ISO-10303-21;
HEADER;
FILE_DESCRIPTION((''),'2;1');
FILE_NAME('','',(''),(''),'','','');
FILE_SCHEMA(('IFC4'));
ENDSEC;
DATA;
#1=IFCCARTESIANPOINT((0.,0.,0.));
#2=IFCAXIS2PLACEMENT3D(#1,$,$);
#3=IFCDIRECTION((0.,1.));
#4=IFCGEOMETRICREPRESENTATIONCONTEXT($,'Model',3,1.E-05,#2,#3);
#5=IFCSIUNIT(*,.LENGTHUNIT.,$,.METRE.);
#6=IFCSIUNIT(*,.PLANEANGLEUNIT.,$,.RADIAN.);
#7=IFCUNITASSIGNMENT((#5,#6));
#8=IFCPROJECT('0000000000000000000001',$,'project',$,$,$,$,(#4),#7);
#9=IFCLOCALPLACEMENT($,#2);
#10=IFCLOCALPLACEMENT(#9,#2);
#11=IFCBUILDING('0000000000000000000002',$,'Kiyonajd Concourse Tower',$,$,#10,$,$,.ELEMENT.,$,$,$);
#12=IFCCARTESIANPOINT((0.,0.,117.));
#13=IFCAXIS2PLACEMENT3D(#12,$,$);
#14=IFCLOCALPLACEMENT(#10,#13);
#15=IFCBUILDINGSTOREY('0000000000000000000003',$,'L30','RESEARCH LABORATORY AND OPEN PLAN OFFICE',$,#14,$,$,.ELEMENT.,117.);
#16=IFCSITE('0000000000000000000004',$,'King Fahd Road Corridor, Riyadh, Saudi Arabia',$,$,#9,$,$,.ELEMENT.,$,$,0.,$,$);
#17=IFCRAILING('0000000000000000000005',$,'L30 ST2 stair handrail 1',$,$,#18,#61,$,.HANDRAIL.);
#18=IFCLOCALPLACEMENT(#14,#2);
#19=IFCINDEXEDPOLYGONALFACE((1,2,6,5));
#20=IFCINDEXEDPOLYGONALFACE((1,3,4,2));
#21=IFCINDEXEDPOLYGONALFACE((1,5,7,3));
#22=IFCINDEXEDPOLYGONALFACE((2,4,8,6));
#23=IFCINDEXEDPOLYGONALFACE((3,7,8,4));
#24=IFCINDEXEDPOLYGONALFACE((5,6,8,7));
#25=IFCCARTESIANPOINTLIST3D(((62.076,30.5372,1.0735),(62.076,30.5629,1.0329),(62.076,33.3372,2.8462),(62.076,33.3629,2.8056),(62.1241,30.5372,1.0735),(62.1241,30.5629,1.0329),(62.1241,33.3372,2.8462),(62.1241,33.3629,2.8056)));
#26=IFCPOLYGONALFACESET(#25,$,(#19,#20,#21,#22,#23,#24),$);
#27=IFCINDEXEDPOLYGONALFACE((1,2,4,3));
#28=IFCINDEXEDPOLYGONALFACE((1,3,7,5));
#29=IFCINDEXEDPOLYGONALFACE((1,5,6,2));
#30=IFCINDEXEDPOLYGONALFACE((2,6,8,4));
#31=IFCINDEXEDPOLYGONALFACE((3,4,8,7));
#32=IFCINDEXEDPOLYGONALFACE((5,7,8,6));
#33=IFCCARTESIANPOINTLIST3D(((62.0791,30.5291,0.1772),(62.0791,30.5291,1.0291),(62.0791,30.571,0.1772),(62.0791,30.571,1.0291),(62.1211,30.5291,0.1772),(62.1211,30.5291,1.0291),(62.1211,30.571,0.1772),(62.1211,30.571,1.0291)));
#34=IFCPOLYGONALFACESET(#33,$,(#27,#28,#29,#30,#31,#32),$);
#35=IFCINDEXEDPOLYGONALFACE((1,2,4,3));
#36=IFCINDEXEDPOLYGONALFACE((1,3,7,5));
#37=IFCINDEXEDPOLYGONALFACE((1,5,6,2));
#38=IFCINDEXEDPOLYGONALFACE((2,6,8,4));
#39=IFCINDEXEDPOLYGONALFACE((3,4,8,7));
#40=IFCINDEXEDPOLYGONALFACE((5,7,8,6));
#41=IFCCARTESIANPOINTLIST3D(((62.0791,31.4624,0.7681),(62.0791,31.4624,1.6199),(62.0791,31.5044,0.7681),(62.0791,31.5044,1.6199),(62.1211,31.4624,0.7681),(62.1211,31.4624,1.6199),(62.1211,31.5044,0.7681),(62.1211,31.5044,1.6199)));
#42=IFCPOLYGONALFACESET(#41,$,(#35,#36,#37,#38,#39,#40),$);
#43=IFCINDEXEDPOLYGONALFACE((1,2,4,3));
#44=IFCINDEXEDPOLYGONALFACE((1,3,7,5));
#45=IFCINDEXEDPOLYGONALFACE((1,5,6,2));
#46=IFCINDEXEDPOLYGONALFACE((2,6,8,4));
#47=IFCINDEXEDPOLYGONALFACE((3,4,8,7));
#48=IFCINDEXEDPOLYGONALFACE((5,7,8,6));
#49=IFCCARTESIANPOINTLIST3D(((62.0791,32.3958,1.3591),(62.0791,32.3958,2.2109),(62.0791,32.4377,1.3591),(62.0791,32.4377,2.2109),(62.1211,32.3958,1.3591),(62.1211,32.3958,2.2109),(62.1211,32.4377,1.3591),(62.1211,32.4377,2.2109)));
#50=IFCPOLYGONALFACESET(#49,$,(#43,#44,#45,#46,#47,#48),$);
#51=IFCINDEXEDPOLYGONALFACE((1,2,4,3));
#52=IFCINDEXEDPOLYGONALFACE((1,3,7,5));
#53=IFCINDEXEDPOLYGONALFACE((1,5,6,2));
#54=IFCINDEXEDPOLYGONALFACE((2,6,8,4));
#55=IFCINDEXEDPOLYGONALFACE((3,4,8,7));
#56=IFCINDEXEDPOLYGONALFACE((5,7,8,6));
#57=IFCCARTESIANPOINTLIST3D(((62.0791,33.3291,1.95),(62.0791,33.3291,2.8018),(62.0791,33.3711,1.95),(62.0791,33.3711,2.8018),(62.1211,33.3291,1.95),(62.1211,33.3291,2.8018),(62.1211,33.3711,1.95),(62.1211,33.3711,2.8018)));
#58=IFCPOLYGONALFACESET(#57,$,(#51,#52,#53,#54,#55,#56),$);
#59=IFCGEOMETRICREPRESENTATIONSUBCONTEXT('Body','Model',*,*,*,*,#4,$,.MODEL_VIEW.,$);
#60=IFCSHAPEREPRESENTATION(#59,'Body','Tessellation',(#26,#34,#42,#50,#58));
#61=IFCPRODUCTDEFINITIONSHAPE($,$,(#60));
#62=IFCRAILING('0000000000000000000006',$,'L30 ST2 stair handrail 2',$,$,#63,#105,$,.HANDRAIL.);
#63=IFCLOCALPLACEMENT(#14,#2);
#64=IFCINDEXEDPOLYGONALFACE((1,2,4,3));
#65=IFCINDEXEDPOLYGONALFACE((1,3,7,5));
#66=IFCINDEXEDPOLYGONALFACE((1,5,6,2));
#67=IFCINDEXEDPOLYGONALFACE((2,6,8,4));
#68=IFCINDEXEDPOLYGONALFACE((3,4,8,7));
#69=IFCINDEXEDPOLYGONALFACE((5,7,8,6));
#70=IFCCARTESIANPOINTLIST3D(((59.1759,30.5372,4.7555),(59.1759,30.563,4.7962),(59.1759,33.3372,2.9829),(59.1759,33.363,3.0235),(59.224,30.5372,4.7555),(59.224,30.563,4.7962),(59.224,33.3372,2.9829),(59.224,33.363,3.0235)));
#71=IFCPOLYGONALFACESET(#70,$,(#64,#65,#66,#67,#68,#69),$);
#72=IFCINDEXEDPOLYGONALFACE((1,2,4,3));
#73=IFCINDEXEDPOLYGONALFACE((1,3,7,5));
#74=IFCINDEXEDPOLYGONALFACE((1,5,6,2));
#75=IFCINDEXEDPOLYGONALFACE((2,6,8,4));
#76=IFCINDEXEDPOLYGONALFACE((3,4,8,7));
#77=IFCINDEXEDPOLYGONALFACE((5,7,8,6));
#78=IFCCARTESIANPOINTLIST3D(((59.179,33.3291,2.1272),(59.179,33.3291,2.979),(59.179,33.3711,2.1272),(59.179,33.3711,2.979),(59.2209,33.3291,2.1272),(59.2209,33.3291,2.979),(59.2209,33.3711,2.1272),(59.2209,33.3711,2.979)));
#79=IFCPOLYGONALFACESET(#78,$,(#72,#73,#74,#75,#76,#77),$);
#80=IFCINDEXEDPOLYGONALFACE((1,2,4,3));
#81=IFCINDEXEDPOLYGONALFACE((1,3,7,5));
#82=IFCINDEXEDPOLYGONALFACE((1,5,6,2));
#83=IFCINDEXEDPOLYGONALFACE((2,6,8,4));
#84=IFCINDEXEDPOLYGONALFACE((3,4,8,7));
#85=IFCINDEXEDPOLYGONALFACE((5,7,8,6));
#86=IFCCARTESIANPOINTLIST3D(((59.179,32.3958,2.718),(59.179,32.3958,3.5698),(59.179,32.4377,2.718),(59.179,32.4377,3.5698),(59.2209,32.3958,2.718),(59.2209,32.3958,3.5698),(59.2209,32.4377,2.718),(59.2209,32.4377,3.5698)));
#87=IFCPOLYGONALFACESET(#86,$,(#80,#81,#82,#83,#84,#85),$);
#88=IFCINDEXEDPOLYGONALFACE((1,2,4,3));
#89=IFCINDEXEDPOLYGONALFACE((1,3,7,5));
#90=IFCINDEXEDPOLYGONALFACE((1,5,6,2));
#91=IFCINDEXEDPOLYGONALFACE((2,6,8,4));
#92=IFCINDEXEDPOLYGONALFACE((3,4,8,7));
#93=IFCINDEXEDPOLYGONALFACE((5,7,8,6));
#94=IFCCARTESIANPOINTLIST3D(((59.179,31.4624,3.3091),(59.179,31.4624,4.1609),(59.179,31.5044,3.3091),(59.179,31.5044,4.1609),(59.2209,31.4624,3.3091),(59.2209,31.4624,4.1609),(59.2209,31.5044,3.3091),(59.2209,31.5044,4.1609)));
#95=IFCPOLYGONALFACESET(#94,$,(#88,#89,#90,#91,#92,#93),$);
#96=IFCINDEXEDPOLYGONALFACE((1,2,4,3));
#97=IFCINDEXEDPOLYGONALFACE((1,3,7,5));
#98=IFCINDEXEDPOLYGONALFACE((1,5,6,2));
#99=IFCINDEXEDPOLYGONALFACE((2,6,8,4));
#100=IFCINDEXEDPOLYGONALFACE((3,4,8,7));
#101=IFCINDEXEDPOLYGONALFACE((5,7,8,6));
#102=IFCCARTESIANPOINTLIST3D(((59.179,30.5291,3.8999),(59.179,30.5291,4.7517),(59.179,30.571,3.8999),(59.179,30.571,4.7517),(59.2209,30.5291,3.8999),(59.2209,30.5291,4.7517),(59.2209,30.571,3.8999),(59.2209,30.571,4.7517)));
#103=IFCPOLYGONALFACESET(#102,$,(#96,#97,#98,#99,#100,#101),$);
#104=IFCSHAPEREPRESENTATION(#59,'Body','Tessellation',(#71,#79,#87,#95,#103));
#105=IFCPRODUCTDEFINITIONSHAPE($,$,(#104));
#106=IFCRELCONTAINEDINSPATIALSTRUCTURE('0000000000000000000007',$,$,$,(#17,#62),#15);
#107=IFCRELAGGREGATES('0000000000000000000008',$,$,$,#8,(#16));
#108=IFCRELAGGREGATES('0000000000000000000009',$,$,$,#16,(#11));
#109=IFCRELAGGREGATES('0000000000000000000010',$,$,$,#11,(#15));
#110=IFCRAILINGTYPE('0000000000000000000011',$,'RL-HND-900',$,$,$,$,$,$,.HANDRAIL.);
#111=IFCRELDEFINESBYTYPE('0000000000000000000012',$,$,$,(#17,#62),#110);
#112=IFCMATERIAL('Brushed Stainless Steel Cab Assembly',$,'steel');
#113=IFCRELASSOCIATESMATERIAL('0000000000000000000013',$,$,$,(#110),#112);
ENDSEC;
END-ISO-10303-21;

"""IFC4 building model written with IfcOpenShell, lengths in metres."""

from ifc_helpers import new_model, si_unit, direction, frame, origin, origin_2d, place, context, subcontext, project, spatial, rectangle, extrude, material, type_object, element, save


model = new_model("IFC4")

# Units and contexts
model_context = context("Model", 3, precision=1e-05, world=origin(), true_north=direction((0.0, 1.0)))
body_context = subcontext(model_context, "Body", "Model", "MODEL_VIEW")
ifc_project = project(units=[si_unit("LENGTHUNIT", "METRE"), si_unit("PLANEANGLEUNIT", "RADIAN")], contexts=[model_context])

# Site, building, storey
site_placement = place(None, origin())
site = spatial("IfcSite", under=ifc_project, at=site_placement, Name="King Fahd Road Corridor, Riyadh, Saudi Arabia", CompositionType="ELEMENT", RefElevation=0.0)
building_placement = place(site_placement, origin())
building = spatial("IfcBuilding", under=site, at=building_placement, Name="Kiyonajd Concourse Tower", CompositionType="ELEMENT")
storey_placement = place(building_placement, frame((0.0, 0.0, 117.0)))
storey = spatial("IfcBuildingStorey", under=building, at=storey_placement, Name="L30", Description="RESEARCH LABORATORY AND OPEN PLAN OFFICE", CompositionType="ELEMENT", Elevation=117.0)

# Shared definitions
ifc_material_1 = material(Name="Brushed Stainless Steel Cab Assembly", Category="steel")

# Railings
railing_type_1 = type_object("IfcRailingType", Name="RL-HND-900", PredefinedType="HANDRAIL", material=ifc_material_1)
railing_1_placement = place(storey_placement, frame((62.1001, 30.55, 0.1772)))
element("IfcRailing", 1, at=railing_1_placement, inside=storey, type_object=railing_type_1, Name="L30 ST2 stair handrail 1", PredefinedType="HANDRAIL", context=body_context, shape_type="SweptSolid", body=[
    extrude(rectangle(XDim=0.0481, YDim=0.0481, at=origin_2d()), frame((0.0, 0.0, 0.876), z_axis=(0.0, 0.844909, 0.53491), x_axis=(-1.0, 0.0, 0.0)), (0.0, 0.0, 1.0), 3.314),
    extrude(rectangle(XDim=0.042, YDim=0.042, at=origin_2d()), origin(), (0.0, 0.0, 1.0), 0.8518),
    extrude(rectangle(XDim=0.042, YDim=0.042, at=origin_2d()), frame((0.0, 0.9333, 0.5908)), (0.0, 0.0, 1.0), 0.8518),
    extrude(rectangle(XDim=0.042, YDim=0.042, at=origin_2d()), frame((0.0, 1.8667, 1.1819)), (0.0, 0.0, 1.0), 0.8518),
    extrude(rectangle(XDim=0.042, YDim=0.042, at=origin_2d()), frame((0.0, 2.8, 1.7727)), (0.0, 0.0, 1.0), 0.8518),
])
railing_2_placement = place(storey_placement, frame((59.2, 33.3501, 2.1272)))
element("IfcRailing", 2, at=railing_2_placement, inside=storey, type_object=railing_type_1, Name="L30 ST2 stair handrail 2", PredefinedType="HANDRAIL", context=body_context, shape_type="SweptSolid", body=[
    extrude(rectangle(XDim=0.0481, YDim=0.0481, at=origin_2d()), frame((0.0, 0.0, 0.876), z_axis=(0.0, -0.844909, 0.53491), x_axis=(1.0, 0.0, 0.0)), (0.0, 0.0, 1.0), 3.314),
    extrude(rectangle(XDim=0.042, YDim=0.042, at=origin_2d()), origin(), (0.0, 0.0, 1.0), 0.8518),
    extrude(rectangle(XDim=0.042, YDim=0.042, at=origin_2d()), frame((0.0, -0.9333, 0.5908)), (0.0, 0.0, 1.0), 0.8518),
    extrude(rectangle(XDim=0.042, YDim=0.042, at=origin_2d()), frame((0.0, -1.8667, 1.1819)), (0.0, 0.0, 1.0), 0.8518),
    extrude(rectangle(XDim=0.042, YDim=0.042, at=origin_2d()), frame((0.0, -2.8, 1.7727)), (0.0, 0.0, 1.0), 0.8518),
])

save(model, "model.ifc")
